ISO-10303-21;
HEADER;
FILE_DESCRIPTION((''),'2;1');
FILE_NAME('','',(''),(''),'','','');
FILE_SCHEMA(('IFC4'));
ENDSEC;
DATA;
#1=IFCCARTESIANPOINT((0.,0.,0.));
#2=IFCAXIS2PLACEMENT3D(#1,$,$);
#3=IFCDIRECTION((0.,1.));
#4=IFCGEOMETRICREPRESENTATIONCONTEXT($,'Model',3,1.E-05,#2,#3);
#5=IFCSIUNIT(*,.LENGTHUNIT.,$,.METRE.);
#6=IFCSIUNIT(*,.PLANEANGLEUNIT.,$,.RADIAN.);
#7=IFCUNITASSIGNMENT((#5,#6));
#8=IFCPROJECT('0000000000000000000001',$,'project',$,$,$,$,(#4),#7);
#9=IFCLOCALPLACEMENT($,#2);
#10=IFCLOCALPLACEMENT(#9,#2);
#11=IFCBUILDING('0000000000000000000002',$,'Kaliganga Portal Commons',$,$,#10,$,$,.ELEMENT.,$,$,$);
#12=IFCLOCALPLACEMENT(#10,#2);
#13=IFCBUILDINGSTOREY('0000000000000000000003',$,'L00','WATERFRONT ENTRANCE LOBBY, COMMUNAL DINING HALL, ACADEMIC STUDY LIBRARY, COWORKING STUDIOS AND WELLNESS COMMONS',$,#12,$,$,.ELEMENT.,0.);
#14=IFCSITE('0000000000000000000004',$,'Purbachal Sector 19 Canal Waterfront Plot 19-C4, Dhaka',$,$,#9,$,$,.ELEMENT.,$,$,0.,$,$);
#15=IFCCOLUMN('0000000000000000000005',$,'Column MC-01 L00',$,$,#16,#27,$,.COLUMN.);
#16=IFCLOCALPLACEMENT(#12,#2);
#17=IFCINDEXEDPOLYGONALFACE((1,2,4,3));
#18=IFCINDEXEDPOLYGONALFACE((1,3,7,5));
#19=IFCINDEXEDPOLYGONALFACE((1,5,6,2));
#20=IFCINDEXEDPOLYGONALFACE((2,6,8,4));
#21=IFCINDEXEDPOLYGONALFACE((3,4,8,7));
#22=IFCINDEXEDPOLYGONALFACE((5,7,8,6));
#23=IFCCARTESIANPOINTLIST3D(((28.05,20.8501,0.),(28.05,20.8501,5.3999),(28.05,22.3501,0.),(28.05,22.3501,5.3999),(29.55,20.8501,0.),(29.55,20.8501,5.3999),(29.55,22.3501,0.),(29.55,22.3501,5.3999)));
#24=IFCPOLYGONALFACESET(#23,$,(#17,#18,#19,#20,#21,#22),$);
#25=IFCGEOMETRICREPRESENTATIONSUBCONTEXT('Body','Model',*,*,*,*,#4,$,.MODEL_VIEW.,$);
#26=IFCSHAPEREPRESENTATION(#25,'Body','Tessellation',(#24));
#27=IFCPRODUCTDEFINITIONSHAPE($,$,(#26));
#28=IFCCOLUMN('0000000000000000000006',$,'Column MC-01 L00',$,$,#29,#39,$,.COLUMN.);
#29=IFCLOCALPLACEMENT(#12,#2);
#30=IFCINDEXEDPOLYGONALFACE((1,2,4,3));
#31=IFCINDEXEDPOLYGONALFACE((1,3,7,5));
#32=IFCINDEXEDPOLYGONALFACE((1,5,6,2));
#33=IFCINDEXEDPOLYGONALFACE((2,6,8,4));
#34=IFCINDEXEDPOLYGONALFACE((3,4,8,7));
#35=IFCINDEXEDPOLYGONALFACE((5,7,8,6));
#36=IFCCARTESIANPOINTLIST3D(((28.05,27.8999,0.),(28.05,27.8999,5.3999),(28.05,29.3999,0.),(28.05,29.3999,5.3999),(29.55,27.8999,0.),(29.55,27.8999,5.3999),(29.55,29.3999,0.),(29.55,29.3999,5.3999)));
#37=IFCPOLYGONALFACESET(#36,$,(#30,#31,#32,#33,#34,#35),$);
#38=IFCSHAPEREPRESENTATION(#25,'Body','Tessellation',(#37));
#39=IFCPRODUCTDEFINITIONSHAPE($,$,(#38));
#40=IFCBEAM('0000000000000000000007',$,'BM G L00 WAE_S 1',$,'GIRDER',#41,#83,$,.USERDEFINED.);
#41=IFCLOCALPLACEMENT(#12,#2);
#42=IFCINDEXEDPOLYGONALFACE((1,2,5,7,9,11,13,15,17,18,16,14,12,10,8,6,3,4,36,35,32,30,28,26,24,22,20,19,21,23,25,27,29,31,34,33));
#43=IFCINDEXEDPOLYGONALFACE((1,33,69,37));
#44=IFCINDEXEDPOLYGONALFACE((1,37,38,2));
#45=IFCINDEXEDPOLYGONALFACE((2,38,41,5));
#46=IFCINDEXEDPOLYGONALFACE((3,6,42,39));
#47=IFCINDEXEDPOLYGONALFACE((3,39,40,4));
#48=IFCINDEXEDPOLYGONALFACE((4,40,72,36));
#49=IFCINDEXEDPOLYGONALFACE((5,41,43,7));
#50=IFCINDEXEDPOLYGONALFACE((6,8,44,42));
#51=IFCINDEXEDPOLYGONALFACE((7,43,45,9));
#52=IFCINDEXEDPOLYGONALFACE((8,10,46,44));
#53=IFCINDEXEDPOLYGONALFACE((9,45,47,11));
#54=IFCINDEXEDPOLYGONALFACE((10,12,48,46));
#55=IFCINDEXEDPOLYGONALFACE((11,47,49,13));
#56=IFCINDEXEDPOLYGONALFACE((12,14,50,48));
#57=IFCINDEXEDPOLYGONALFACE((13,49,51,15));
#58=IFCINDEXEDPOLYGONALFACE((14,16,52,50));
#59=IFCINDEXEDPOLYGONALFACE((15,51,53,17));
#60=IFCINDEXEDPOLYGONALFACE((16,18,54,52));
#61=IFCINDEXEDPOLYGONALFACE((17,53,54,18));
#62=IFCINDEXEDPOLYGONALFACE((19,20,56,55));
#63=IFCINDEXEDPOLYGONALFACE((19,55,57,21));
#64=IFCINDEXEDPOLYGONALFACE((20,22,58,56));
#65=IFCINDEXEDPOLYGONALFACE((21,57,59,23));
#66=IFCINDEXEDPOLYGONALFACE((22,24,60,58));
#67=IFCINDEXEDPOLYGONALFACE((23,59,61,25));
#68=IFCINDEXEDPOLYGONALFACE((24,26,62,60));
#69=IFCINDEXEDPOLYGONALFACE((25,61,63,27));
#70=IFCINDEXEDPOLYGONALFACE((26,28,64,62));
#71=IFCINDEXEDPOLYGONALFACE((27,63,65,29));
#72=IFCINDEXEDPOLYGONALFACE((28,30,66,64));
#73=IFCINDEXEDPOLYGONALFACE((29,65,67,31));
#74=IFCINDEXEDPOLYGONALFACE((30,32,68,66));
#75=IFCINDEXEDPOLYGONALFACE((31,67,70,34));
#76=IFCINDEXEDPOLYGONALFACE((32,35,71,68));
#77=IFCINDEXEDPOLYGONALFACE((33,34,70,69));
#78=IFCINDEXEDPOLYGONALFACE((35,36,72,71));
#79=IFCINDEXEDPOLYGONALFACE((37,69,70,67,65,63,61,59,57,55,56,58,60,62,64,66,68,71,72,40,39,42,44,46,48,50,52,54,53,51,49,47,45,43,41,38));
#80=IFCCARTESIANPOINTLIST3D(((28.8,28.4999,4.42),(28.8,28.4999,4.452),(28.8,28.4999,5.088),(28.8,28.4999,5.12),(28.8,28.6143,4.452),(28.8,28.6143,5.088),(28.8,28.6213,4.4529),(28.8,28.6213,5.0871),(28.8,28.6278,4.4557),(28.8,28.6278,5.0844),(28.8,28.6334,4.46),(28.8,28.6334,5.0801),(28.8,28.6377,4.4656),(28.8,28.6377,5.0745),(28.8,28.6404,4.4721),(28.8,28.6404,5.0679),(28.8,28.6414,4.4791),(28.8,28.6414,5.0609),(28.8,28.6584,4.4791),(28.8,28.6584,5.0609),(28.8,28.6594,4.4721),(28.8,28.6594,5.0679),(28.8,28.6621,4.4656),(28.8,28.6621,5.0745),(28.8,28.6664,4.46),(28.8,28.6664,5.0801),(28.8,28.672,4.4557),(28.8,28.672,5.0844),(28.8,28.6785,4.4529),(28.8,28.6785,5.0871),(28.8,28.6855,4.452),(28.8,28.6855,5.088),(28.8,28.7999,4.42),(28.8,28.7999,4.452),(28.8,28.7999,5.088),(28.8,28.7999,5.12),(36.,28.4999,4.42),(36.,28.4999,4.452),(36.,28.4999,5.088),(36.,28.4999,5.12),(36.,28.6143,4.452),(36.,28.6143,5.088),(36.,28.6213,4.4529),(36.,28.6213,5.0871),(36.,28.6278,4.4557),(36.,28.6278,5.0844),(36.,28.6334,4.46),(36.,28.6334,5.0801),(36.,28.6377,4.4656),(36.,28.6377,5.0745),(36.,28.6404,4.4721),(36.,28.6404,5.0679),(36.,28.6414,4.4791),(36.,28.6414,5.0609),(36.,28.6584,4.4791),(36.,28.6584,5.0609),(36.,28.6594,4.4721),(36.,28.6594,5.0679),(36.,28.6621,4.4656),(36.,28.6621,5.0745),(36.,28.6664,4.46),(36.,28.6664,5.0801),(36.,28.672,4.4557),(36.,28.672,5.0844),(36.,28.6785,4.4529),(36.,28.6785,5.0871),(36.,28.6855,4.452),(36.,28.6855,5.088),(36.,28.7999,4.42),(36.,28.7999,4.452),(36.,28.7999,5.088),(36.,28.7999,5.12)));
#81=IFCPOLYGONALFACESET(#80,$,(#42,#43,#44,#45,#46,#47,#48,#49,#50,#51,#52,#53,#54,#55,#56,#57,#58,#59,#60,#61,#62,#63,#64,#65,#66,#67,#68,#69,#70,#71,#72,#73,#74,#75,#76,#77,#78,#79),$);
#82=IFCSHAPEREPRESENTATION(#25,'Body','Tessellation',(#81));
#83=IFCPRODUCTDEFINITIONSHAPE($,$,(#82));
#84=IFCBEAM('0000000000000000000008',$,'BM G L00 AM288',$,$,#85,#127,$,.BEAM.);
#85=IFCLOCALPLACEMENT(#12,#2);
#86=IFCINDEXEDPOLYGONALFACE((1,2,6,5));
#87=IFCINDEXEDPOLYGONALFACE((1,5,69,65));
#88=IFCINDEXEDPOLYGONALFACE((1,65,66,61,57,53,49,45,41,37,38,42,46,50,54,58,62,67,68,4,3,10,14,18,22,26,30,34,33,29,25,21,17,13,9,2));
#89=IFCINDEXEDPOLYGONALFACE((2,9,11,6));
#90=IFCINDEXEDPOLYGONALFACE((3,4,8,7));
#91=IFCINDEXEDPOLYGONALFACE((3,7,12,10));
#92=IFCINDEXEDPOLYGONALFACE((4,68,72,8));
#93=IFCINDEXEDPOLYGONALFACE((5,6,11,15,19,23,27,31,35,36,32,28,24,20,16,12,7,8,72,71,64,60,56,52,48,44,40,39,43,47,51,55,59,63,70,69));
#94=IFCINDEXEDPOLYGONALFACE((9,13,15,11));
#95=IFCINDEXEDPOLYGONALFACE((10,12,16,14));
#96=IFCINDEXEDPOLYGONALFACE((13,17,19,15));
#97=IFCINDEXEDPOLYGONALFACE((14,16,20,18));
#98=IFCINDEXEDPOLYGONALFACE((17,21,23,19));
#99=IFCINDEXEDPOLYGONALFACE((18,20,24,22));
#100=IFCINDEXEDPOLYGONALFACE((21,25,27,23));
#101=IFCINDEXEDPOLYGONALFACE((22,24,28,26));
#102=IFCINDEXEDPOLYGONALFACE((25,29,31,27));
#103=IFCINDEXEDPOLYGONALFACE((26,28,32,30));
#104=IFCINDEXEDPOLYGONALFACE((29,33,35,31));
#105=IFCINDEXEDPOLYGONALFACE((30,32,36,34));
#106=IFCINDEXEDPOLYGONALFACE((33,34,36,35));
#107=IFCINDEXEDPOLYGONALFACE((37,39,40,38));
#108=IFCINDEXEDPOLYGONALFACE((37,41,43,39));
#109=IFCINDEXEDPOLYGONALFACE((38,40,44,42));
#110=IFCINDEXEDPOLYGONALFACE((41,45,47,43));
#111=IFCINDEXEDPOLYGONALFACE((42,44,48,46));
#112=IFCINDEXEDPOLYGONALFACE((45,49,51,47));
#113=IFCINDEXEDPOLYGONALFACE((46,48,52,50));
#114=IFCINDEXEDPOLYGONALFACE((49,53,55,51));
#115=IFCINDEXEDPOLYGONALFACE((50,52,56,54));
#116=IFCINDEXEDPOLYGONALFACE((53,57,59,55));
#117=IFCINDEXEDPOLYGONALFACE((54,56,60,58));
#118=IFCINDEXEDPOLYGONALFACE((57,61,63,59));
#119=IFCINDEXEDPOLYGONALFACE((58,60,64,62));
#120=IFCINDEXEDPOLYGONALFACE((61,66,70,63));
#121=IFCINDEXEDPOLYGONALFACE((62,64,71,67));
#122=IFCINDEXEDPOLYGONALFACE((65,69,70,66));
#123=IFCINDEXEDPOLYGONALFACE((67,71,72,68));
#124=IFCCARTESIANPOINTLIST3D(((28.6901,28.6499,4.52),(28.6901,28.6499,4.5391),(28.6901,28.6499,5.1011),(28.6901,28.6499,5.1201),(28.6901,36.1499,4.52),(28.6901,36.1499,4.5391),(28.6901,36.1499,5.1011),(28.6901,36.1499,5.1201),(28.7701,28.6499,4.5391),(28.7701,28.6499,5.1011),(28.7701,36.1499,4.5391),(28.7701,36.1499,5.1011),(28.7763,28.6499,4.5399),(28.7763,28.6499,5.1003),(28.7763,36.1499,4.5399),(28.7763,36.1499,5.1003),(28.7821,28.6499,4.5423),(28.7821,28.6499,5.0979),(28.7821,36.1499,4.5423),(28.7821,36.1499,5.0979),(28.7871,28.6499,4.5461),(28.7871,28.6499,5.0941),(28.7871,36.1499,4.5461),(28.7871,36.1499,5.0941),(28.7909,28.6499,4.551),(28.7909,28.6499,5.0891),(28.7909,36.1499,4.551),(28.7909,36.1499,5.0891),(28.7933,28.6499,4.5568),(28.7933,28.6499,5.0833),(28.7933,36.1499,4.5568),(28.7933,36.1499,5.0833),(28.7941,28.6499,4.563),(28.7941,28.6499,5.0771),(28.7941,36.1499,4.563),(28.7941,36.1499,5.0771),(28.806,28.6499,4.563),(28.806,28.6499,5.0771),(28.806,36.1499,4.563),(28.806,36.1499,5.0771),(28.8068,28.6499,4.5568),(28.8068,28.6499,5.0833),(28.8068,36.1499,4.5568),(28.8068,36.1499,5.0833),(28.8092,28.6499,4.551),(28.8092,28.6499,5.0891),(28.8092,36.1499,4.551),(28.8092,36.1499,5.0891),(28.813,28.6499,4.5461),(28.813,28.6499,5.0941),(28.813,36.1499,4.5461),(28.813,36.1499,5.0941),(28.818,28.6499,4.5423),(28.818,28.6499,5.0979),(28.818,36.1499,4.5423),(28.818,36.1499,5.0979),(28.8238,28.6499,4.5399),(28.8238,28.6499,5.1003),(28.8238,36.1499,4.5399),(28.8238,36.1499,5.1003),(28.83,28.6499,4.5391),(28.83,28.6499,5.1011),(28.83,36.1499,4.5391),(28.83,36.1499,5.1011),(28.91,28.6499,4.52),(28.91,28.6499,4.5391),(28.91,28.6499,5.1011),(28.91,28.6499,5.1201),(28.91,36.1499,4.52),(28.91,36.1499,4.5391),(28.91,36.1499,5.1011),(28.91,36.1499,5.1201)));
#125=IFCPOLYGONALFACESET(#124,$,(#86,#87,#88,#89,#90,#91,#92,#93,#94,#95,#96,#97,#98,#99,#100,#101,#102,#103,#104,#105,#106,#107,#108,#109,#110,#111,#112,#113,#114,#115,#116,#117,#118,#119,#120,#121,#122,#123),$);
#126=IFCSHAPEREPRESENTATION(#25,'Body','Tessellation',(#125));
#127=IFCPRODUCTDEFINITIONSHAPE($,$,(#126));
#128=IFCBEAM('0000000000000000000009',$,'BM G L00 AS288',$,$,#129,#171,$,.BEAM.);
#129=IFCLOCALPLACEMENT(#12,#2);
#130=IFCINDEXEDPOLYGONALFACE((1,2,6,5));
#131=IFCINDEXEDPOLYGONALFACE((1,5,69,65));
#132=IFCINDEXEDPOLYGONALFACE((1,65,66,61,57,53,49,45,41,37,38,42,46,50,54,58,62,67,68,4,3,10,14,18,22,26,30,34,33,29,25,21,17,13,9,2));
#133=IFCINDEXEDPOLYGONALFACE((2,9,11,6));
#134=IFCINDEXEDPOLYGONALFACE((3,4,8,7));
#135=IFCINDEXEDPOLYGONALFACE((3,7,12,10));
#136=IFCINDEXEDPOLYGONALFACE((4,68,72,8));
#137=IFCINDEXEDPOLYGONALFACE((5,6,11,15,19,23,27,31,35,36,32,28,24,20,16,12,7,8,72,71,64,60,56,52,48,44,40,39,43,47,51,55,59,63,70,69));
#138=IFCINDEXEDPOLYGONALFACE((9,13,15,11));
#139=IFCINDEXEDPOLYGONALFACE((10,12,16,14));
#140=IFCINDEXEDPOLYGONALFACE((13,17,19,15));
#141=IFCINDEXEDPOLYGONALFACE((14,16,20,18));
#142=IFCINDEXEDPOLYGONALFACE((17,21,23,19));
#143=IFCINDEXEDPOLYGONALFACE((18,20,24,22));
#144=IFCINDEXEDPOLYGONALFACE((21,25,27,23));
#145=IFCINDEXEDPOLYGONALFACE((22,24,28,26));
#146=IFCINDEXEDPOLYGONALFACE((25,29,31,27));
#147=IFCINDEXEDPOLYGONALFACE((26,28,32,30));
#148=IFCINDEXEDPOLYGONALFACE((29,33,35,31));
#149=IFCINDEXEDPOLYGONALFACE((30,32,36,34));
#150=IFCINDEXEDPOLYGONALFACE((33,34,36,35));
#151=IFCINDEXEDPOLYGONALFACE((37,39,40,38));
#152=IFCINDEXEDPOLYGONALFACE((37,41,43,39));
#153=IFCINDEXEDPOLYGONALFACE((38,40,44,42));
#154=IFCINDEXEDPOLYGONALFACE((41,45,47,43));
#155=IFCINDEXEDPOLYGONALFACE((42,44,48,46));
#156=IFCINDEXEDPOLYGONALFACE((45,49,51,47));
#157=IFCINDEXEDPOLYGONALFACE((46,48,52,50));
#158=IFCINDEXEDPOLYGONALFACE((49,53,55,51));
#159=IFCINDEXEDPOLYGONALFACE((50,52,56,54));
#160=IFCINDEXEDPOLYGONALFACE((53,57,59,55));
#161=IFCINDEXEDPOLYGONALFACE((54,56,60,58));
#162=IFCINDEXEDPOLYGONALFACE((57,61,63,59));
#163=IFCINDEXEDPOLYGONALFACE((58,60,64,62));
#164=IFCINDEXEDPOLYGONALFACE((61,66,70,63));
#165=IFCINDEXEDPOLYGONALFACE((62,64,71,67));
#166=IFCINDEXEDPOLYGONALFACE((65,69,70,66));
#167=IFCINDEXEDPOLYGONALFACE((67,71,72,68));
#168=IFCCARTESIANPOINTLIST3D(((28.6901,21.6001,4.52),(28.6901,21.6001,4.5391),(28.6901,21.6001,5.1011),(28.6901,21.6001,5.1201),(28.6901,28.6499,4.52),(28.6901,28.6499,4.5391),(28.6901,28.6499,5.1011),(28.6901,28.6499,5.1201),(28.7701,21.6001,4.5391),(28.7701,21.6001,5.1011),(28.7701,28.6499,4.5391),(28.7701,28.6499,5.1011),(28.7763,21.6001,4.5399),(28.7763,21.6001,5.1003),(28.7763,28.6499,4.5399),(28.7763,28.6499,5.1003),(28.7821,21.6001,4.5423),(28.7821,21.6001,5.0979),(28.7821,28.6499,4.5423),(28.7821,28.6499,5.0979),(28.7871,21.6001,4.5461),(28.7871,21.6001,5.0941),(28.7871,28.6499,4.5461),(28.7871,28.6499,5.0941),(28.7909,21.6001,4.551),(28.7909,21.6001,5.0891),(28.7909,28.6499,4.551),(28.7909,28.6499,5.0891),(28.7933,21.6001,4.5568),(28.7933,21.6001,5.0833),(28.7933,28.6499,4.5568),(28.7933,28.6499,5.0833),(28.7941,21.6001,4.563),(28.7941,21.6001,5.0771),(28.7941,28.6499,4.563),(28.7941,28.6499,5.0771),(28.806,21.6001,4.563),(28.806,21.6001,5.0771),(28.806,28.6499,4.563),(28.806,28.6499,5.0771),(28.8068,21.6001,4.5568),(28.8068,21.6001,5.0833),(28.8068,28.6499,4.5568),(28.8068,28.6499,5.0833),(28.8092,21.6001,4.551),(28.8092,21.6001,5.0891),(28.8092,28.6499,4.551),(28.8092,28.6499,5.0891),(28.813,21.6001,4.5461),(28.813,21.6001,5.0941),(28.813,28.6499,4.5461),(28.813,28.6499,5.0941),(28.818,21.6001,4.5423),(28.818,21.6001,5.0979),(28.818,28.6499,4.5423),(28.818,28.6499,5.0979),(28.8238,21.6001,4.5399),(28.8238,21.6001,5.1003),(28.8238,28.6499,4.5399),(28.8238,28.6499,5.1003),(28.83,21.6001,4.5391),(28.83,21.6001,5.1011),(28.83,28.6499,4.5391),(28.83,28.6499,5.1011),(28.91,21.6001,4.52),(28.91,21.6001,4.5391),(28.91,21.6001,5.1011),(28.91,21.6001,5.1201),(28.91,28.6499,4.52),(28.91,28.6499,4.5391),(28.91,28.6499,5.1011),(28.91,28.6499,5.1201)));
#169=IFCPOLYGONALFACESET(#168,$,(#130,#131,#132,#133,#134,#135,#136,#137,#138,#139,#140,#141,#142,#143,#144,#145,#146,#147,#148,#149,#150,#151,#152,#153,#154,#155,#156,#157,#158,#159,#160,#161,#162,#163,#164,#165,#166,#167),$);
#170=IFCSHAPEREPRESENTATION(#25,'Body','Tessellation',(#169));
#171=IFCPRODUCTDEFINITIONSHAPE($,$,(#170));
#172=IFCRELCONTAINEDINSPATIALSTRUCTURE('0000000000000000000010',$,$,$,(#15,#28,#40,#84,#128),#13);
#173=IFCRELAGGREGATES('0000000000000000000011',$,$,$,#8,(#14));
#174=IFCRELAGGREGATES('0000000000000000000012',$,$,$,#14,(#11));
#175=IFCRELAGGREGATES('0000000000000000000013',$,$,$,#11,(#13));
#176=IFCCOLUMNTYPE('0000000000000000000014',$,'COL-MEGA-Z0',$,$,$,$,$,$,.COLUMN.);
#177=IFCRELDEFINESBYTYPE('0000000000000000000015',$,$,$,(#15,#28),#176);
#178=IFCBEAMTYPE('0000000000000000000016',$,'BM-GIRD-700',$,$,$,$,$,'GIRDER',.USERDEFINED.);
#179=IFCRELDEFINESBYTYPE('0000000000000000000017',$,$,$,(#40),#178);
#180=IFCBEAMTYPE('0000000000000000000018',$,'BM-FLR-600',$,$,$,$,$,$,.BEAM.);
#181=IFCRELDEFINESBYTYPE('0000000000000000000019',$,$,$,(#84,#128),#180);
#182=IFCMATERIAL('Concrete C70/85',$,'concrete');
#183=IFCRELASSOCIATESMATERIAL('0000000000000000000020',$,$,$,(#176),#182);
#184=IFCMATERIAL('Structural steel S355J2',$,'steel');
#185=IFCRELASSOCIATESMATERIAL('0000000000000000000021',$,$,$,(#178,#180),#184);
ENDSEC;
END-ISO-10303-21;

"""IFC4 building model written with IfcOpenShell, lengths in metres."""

from ifc_helpers import new_model, si_unit, direction, frame, origin, origin_2d, place, context, subcontext, project, spatial, rectangle, i_section, extrude, source, transform, mapped, material, material_profile, profile_set, type_object, element, save


model = new_model("IFC4")

# Units and contexts
model_context = context("Model", 3, precision=1e-05, world=origin(), true_north=direction((0.0, 1.0)))
body_context = subcontext(model_context, "Body", "Model", "MODEL_VIEW")
ifc_project = project(units=[si_unit("LENGTHUNIT", "METRE"), si_unit("PLANEANGLEUNIT", "RADIAN")], contexts=[model_context])

# Site, building, storey
site_placement = place(None, origin())
site = spatial("IfcSite", under=ifc_project, at=site_placement, Name="Purbachal Sector 19 Canal Waterfront Plot 19-C4, Dhaka", CompositionType="ELEMENT", RefElevation=0.0)
building_placement = place(site_placement, origin())
building = spatial("IfcBuilding", under=site, at=building_placement, Name="Kaliganga Portal Commons", CompositionType="ELEMENT")
storey_placement = place(building_placement, origin())
storey = spatial("IfcBuildingStorey", under=building, at=storey_placement, Name="L00", Description="WATERFRONT ENTRANCE LOBBY, COMMUNAL DINING HALL, ACADEMIC STUDY LIBRARY, COWORKING STUDIOS AND WELLNESS COMMONS", CompositionType="ELEMENT", Elevation=0.0)

# Columns
ifc_material_1 = material(Name="Concrete C70/85", Category="concrete")
ifc_material_profile_1 = material_profile(ifc_material_1, rectangle(XDim=1.5, YDim=1.5, at=origin_2d()), Name="RC 1500x1500")
ifc_profile_set_1 = profile_set([ifc_material_profile_1], Name="Concrete C70/85")
column_type = type_object("IfcColumnType", Name="COL-MEGA-Z0", PredefinedType="COLUMN", material=ifc_profile_set_1)
shared_shape_1 = source(origin(), body_context, "Body", "SweptSolid", [
    extrude(rectangle(XDim=1.5, YDim=1.5, at=origin_2d()), origin(), (0.0, 0.0, 1.0), 5.3999),
])
for number, where, z_axis, x_axis, name in (
    (1, (28.8, 21.6001, 0.0), (0.0, 0.0, 1.0), (1.0, 0.0, 0.0), "Column MC-01 L00"),
    (2, (28.8, 28.6499, 0.0), (0.0, 0.0, 1.0), (1.0, 0.0, 0.0), "Column MC-01 L00"),
):
    element("IfcColumn", number, at=place(storey_placement, frame(where, z_axis=z_axis, x_axis=x_axis)), inside=storey, type_object=column_type, Name=name, PredefinedType="COLUMN", context=body_context, shape_type="MappedRepresentation", body=[
        mapped(shared_shape_1, transform((0.0, 0.0, 0.0), x_axis=(1.0, 0.0, 0.0), y_axis=(0.0, 1.0, 0.0), z_axis=(0.0, 0.0, 1.0), scale=1.0)),
    ])

# Beams
ifc_material_2 = material(Name="Structural steel S355J2", Category="steel")
ifc_material_profile_2 = material_profile(ifc_material_2, i_section(OverallWidth=0.3, OverallDepth=0.7, WebThickness=0.0171, FlangeThickness=0.032, FilletRadius=0.0271, at=origin_2d()), Name="HE 700 B")
ifc_profile_set_2 = profile_set([ifc_material_profile_2], Name="Structural steel S355J2 wide-flange")
beam_type_1 = type_object("IfcBeamType", Name="BM-GIRD-700", ElementType="GIRDER", PredefinedType="USERDEFINED", material=ifc_profile_set_2)
shared_shape_2 = source(origin(), body_context, "Body", "SweptSolid", [
    extrude(i_section(OverallWidth=0.3, OverallDepth=0.7, WebThickness=0.0171, FlangeThickness=0.032, FilletRadius=0.0271, at=origin_2d()), origin(), (0.0, 0.0, 1.0), 7.2),
])
beam_1_placement = place(storey_placement, frame((28.8, 28.6499, 4.77), z_axis=(1.0, 0.0, 0.0), x_axis=(0.0, 1.0, 0.0)))
element("IfcBeam", 3, at=beam_1_placement, inside=storey, type_object=beam_type_1, Name="BM G L00 WAE_S 1", ObjectType="GIRDER", PredefinedType="USERDEFINED", context=body_context, shape_type="MappedRepresentation", body=[
    mapped(shared_shape_2, transform((0.0, 0.0, 0.0), x_axis=(1.0, 0.0, 0.0), y_axis=(0.0, 1.0, 0.0), z_axis=(0.0, 0.0, 1.0), scale=1.0)),
])
ifc_material_profile_3 = material_profile(ifc_material_2, i_section(OverallWidth=0.22, OverallDepth=0.6001, WebThickness=0.012, FlangeThickness=0.019, FilletRadius=0.0239, at=origin_2d()), Name="IPE 600")
ifc_profile_set_3 = profile_set([ifc_material_profile_3], Name="Structural steel S355J2 wide-flange")
beam_type_2 = type_object("IfcBeamType", Name="BM-FLR-600", PredefinedType="BEAM", material=ifc_profile_set_3)
shared_shape_3 = source(origin(), body_context, "Body", "SweptSolid", [
    extrude(i_section(OverallWidth=0.22, OverallDepth=0.6001, WebThickness=0.012, FlangeThickness=0.019, FilletRadius=0.0239, at=origin_2d()), origin(), (0.0, 0.0, 1.0), 7.5),
])
beam_2_placement = place(storey_placement, frame((28.8, 28.6499, 4.8201), z_axis=(0.0, 1.0, 0.0), x_axis=(-1.0, 0.0, 0.0)))
element("IfcBeam", 4, at=beam_2_placement, inside=storey, type_object=beam_type_2, Name="BM G L00 AM288", PredefinedType="BEAM", context=body_context, shape_type="MappedRepresentation", body=[
    mapped(shared_shape_3, transform((0.0, 0.0, 0.0), x_axis=(1.0, 0.0, 0.0), y_axis=(0.0, 1.0, 0.0), z_axis=(0.0, 0.0, 1.0), scale=1.0)),
])
shared_shape_4 = source(origin(), body_context, "Body", "SweptSolid", [
    extrude(i_section(OverallWidth=0.22, OverallDepth=0.6001, WebThickness=0.012, FlangeThickness=0.019, FilletRadius=0.0239, at=origin_2d()), origin(), (0.0, 0.0, 1.0), 7.0498),
])
beam_3_placement = place(storey_placement, frame((28.8, 21.6001, 4.8201), z_axis=(0.0, 1.0, 0.0), x_axis=(-1.0, 0.0, 0.0)))
element("IfcBeam", 5, at=beam_3_placement, inside=storey, type_object=beam_type_2, Name="BM G L00 AS288", PredefinedType="BEAM", context=body_context, shape_type="MappedRepresentation", body=[
    mapped(shared_shape_4, transform((0.0, 0.0, 0.0), x_axis=(1.0, 0.0, 0.0), y_axis=(0.0, 1.0, 0.0), z_axis=(0.0, 0.0, 1.0), scale=1.0)),
])

save(model, "model.ifc")
